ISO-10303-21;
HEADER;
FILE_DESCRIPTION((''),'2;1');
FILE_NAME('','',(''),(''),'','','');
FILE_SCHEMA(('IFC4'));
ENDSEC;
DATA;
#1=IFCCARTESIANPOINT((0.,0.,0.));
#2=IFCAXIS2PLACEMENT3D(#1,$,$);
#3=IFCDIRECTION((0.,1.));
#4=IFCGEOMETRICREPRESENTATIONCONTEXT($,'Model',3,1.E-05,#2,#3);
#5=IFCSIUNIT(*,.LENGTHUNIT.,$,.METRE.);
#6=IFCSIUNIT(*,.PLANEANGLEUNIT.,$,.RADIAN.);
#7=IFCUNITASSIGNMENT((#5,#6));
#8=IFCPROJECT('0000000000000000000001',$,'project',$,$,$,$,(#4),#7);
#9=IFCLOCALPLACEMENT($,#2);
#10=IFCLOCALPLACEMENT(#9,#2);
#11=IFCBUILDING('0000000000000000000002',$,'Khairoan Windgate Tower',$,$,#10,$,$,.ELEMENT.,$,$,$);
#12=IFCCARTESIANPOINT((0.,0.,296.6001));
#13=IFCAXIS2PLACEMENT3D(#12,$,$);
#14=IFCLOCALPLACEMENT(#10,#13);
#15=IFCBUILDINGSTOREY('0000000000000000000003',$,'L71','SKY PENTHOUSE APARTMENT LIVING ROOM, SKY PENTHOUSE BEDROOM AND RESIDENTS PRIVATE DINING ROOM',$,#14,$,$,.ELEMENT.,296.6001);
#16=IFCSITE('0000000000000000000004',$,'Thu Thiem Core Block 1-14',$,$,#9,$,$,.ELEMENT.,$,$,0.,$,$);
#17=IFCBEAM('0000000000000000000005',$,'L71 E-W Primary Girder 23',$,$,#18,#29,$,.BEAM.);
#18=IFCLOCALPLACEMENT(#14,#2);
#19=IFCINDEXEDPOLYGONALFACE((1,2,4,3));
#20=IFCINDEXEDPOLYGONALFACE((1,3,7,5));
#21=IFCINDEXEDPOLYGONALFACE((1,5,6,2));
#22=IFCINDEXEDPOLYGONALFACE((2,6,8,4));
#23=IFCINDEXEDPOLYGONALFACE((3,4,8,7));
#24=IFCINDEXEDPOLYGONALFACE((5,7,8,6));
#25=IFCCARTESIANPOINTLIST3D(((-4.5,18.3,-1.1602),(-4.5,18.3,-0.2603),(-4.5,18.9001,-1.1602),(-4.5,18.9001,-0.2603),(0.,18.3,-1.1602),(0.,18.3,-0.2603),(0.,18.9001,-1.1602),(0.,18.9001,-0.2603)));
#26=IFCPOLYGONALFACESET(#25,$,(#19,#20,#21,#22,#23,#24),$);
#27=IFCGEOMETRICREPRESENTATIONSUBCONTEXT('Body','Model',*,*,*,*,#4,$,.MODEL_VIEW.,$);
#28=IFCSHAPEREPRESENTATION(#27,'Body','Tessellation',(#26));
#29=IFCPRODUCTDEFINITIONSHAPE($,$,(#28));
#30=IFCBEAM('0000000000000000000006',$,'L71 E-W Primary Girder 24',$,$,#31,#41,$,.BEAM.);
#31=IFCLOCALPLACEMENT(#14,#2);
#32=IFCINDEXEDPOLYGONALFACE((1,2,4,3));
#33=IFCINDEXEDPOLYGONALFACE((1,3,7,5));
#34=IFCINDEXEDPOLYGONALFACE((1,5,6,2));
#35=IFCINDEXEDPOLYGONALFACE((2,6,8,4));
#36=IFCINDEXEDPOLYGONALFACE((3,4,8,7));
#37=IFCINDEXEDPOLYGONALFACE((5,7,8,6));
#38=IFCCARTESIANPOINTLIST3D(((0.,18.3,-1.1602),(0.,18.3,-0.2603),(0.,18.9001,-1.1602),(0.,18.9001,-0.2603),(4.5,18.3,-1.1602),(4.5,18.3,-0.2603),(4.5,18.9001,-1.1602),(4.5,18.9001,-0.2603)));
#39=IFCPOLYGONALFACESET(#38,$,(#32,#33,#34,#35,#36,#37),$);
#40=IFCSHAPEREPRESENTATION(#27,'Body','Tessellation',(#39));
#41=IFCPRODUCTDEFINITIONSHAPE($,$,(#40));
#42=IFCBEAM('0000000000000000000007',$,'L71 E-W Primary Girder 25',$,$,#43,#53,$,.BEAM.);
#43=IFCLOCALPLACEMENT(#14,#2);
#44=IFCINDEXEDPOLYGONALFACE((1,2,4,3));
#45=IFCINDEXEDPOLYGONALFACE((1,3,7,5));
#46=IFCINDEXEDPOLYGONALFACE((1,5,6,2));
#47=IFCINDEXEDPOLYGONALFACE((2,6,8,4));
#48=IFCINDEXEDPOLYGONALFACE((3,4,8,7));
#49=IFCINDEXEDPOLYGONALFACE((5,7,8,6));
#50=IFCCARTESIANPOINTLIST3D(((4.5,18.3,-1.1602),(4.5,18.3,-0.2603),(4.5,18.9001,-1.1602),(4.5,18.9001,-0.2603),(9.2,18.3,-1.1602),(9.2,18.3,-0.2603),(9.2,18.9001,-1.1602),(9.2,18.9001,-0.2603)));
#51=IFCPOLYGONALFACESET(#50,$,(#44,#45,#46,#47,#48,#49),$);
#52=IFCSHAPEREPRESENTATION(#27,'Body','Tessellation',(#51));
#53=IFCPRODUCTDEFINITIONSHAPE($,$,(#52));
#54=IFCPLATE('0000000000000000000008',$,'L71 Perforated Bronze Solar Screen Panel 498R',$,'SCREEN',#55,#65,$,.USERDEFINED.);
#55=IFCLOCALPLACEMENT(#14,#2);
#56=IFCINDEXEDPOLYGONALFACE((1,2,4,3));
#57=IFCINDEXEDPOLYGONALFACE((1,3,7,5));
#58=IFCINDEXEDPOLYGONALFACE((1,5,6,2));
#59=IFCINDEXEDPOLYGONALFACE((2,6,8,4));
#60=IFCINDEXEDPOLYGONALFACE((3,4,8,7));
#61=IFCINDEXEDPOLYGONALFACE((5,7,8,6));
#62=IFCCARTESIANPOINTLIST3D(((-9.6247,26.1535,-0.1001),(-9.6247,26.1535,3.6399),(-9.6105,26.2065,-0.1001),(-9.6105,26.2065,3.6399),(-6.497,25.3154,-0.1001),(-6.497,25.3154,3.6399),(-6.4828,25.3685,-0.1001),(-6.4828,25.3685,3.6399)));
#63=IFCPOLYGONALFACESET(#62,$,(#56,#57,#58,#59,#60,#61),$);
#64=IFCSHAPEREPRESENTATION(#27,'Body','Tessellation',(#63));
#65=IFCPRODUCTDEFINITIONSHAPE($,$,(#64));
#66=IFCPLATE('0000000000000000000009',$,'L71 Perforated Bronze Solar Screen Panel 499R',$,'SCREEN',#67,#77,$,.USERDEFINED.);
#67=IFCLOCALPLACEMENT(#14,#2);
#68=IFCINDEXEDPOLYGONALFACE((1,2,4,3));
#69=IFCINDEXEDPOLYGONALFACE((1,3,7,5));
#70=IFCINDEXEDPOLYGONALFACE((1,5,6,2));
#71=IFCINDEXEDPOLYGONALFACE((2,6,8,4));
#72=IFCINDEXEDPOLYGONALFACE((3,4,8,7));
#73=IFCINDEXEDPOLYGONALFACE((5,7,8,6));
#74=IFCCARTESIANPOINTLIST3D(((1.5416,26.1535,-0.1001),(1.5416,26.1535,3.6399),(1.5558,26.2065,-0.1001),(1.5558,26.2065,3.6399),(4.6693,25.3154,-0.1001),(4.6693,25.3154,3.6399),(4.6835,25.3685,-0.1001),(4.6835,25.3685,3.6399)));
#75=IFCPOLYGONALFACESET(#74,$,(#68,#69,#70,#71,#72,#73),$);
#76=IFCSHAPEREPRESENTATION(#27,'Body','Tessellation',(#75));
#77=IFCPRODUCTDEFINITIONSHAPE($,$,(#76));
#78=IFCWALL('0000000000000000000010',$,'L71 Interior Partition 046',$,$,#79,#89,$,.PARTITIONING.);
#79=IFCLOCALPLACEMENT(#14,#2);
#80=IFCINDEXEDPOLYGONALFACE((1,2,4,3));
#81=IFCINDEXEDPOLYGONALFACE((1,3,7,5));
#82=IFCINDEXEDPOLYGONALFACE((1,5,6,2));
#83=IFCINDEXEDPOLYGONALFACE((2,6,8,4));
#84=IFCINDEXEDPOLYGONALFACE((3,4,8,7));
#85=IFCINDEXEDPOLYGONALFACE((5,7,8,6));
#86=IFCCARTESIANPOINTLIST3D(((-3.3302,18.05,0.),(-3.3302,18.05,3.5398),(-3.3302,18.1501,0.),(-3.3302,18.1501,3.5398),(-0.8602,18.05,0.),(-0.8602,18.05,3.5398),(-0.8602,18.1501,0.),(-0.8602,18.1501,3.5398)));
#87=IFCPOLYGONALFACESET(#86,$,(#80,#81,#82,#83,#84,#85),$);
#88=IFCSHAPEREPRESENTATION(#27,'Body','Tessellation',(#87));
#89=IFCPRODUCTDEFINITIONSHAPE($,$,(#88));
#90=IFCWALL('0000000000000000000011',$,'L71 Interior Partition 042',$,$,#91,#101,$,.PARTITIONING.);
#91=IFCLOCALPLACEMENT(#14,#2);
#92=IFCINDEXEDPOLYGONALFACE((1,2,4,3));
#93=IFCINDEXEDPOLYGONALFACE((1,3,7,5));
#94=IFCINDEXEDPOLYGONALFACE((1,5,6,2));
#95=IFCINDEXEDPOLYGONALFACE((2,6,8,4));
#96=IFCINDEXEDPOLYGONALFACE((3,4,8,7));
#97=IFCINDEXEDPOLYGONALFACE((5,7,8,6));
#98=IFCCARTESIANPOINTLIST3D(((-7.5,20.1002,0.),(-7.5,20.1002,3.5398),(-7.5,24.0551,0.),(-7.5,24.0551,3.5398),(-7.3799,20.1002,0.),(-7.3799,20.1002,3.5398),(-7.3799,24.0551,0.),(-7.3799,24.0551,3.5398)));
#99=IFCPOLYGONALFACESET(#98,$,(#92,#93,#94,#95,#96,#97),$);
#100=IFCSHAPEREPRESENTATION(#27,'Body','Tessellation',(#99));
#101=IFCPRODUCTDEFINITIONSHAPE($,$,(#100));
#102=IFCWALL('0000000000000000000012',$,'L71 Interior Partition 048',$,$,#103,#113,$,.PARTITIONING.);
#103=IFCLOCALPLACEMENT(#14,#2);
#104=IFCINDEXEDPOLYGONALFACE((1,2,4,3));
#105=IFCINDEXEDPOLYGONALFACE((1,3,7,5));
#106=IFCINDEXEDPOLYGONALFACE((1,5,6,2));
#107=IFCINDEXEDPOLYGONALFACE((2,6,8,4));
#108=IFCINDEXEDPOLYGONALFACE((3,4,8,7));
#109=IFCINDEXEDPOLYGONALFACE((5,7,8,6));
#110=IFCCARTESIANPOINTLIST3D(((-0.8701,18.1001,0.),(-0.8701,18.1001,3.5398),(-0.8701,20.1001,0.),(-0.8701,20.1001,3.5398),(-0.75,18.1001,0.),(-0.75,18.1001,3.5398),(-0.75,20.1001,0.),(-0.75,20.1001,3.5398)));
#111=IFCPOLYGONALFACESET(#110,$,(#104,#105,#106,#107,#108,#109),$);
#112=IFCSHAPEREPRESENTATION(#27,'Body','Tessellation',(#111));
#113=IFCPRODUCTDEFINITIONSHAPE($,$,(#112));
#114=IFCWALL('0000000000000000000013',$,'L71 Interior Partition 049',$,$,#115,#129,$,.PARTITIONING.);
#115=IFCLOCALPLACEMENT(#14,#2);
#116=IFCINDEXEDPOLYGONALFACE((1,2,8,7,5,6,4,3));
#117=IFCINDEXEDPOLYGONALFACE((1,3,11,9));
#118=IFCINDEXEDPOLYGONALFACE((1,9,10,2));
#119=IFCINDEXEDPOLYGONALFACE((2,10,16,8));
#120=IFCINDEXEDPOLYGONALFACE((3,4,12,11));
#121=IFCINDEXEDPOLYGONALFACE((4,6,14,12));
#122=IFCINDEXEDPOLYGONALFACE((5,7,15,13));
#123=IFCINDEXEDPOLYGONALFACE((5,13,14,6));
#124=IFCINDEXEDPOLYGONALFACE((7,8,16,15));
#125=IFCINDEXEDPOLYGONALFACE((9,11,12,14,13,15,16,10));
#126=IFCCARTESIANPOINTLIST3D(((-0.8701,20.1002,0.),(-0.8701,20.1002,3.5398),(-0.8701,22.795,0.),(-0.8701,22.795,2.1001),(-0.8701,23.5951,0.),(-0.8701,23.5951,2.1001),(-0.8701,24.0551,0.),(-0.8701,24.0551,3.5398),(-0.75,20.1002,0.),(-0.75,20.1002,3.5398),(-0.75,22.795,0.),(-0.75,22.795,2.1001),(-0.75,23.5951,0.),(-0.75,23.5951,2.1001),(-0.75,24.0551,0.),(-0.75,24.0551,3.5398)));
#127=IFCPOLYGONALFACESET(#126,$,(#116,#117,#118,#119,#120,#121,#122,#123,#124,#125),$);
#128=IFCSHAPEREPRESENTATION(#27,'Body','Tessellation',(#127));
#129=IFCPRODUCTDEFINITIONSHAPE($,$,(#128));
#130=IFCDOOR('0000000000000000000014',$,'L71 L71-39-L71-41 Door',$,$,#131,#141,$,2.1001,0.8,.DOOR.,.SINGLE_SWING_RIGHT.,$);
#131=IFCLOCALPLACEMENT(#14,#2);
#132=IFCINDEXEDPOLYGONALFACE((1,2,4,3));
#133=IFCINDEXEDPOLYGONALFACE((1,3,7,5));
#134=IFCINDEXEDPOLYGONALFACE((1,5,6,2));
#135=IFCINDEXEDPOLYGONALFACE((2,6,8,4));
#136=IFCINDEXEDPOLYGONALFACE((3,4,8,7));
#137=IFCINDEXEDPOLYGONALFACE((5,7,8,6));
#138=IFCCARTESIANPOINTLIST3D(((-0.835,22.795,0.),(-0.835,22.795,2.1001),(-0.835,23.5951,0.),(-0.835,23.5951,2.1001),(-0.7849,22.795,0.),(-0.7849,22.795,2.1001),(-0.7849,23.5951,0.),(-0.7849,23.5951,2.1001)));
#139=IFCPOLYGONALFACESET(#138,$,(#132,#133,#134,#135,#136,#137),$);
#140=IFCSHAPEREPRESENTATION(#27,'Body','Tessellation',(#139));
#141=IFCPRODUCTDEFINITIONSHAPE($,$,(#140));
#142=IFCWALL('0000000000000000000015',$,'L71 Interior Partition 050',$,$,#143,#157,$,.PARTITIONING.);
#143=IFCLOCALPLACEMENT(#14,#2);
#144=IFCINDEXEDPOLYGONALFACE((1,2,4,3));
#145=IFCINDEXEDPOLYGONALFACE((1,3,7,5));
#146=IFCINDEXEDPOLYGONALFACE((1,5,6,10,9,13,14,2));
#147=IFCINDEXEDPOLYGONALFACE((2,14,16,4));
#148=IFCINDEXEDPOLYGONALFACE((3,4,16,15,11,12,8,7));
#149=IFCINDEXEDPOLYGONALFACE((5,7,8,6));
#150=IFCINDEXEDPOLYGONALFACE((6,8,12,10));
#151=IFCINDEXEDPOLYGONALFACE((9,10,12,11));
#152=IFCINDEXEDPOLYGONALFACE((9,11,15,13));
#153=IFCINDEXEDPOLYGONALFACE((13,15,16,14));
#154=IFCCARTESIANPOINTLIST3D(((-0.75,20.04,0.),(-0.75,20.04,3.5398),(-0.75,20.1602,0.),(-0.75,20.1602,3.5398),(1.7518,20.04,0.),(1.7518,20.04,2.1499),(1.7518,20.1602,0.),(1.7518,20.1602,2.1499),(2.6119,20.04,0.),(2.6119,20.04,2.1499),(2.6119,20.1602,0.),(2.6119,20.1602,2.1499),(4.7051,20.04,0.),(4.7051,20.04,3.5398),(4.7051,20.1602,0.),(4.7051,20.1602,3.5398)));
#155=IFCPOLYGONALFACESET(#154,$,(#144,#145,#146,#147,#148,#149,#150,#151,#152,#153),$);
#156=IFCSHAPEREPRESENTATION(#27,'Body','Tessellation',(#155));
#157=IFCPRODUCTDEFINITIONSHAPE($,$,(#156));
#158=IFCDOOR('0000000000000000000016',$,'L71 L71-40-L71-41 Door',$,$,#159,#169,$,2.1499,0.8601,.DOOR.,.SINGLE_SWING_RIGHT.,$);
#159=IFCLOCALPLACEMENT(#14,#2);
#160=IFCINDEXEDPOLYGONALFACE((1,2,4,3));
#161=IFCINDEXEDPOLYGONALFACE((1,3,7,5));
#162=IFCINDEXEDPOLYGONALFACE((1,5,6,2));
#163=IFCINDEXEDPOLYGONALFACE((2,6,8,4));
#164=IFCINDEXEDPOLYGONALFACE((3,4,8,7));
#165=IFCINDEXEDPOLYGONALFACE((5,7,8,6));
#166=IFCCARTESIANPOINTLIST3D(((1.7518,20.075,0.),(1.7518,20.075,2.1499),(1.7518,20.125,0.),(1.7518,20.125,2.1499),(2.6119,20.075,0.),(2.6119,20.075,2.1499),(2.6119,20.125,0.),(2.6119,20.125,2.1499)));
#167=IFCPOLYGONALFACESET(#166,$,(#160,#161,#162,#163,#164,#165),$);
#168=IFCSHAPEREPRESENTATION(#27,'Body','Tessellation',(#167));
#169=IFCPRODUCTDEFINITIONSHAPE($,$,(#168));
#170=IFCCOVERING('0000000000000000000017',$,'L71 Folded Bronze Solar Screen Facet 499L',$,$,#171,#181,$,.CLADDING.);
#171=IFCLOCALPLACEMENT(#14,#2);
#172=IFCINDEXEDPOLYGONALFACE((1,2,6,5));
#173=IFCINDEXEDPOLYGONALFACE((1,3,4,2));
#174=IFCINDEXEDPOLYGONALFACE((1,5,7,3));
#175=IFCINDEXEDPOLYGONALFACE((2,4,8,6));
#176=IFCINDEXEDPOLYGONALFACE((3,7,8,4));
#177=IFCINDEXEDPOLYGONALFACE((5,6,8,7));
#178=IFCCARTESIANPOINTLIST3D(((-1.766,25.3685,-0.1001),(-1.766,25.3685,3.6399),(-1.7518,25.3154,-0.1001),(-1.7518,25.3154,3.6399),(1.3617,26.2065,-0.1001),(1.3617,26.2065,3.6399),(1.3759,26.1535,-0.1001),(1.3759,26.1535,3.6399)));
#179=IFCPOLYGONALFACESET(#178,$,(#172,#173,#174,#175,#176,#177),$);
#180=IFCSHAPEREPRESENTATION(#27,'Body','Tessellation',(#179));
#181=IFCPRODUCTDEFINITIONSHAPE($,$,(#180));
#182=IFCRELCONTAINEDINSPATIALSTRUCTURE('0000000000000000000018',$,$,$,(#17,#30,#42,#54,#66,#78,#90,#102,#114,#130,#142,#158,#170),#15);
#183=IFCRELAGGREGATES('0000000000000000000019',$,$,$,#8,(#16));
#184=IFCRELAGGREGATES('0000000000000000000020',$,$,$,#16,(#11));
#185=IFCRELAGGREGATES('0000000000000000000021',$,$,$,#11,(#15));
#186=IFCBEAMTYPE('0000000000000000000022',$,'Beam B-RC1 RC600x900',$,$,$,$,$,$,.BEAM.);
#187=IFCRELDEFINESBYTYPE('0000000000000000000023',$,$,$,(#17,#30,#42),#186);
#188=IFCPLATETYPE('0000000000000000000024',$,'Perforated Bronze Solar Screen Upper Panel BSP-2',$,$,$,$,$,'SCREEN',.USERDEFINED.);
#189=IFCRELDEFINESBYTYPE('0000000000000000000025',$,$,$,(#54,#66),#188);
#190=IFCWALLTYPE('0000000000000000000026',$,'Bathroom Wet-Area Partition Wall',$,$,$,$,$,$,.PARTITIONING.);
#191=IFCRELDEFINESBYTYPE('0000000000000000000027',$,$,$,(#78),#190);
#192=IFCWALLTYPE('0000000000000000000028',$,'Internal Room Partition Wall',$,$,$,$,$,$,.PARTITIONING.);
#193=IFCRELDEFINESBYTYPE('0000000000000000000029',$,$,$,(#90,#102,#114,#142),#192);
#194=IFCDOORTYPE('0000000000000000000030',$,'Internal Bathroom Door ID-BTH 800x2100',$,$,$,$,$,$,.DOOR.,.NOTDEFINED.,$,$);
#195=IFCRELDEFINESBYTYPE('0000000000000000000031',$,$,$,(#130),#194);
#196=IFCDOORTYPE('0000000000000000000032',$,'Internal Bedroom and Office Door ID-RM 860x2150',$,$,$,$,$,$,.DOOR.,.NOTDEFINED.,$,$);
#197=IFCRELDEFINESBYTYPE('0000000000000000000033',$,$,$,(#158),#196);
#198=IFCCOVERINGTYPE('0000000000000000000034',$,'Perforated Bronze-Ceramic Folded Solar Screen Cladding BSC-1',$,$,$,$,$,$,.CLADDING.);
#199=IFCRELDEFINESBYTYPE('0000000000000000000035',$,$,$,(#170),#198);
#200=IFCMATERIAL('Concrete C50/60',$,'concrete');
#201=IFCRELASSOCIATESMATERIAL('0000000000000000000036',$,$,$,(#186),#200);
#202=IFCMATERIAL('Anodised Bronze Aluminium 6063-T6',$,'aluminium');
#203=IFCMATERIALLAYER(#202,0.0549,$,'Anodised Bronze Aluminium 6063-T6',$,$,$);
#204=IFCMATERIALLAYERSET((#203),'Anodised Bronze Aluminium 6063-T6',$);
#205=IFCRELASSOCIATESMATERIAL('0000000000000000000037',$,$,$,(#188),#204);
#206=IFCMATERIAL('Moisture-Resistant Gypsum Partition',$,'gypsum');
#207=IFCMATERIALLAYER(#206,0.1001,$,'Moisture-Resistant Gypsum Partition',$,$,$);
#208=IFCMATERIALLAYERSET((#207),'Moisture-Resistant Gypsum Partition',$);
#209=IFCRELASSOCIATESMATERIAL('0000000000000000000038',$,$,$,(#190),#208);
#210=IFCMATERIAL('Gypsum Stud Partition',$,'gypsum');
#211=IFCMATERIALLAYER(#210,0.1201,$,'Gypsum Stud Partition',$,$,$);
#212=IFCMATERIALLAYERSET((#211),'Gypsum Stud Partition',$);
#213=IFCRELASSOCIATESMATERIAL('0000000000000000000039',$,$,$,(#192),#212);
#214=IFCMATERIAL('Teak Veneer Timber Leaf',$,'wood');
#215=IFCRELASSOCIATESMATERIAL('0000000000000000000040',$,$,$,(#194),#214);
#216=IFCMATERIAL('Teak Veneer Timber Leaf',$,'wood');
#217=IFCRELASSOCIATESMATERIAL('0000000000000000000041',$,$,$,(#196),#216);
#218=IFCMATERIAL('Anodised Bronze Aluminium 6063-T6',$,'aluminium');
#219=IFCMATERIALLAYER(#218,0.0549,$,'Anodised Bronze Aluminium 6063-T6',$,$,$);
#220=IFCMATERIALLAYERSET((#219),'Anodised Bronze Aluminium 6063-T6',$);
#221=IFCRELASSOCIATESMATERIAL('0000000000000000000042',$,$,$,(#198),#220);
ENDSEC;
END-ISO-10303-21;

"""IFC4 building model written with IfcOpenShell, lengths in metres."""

from ifc_helpers import new_model, si_unit, direction, frame, frame_2d, origin, origin_2d, place, context, subcontext, project, spatial, rectangle, extrude, material, layer, layer_set, material_profile, profile_set, type_object, element, fill, save


model = new_model("IFC4")

# Units and contexts
model_context = context("Model", 3, precision=1e-05, world=origin(), true_north=direction((0.0, 1.0)))
body_context = subcontext(model_context, "Body", "Model", "MODEL_VIEW")
ifc_project = project(units=[si_unit("LENGTHUNIT", "METRE"), si_unit("PLANEANGLEUNIT", "RADIAN")], contexts=[model_context])

# Site, building, storey
site_placement = place(None, origin())
site = spatial("IfcSite", under=ifc_project, at=site_placement, Name="Thu Thiem Core Block 1-14", CompositionType="ELEMENT", RefElevation=0.0)
building_placement = place(site_placement, origin())
building = spatial("IfcBuilding", under=site, at=building_placement, Name="Khairoan Windgate Tower", CompositionType="ELEMENT")
storey_placement = place(building_placement, frame((0.0, 0.0, 296.6001)))
storey = spatial("IfcBuildingStorey", under=building, at=storey_placement, Name="L71", Description="SKY PENTHOUSE APARTMENT LIVING ROOM, SKY PENTHOUSE BEDROOM AND RESIDENTS PRIVATE DINING ROOM", CompositionType="ELEMENT", Elevation=296.6001)

# Beams
ifc_material_1 = material(Name="Concrete C50/60", Category="concrete")
ifc_material_profile_1 = material_profile(ifc_material_1, rectangle(XDim=0.6001, YDim=0.8999, at=origin_2d()))
ifc_profile_set_1 = profile_set([ifc_material_profile_1], Name="Concrete C50/60")
beam_type = type_object("IfcBeamType", Name="Beam B-RC1 RC600x900", PredefinedType="BEAM", material=ifc_profile_set_1)
for number, where, z_axis, x_axis, name in (
    (1, (-4.5, 18.6001, -0.7102), (1.0, 0.0, 0.0), (0.0, 1.0, 0.0), "L71 E-W Primary Girder 23"),
    (2, (0.0, 18.6001, -0.7102), (1.0, 0.0, 0.0), (0.0, 1.0, 0.0), "L71 E-W Primary Girder 24"),
):
    element("IfcBeam", number, at=place(storey_placement, frame(where, z_axis=z_axis, x_axis=x_axis)), inside=storey, type_object=beam_type, Name=name, PredefinedType="BEAM", context=body_context, shape_type="SweptSolid", body=[
        extrude(rectangle(XDim=0.6001, YDim=0.8999, at=origin_2d()), origin(), (0.0, 0.0, 1.0), 4.5),
    ])
beam_1_placement = place(storey_placement, frame((4.5, 18.6001, -0.7102), z_axis=(1.0, 0.0, 0.0), x_axis=(0.0, 1.0, 0.0)))
element("IfcBeam", 3, at=beam_1_placement, inside=storey, type_object=beam_type, Name="L71 E-W Primary Girder 25", PredefinedType="BEAM", context=body_context, shape_type="SweptSolid", body=[
    extrude(rectangle(XDim=0.6001, YDim=0.8999, at=origin_2d()), origin(), (0.0, 0.0, 1.0), 4.7),
])

# Plates
ifc_material_2 = material(Name="Anodised Bronze Aluminium 6063-T6", Category="aluminium")
ifc_layer_1 = layer(ifc_material_2, 0.0549, Name="Anodised Bronze Aluminium 6063-T6")
ifc_layer_set_1 = layer_set([ifc_layer_1], Name="Anodised Bronze Aluminium 6063-T6")
plate_type = type_object("IfcPlateType", Name="Perforated Bronze Solar Screen Upper Panel BSP-2", ElementType="SCREEN", PredefinedType="USERDEFINED", material=ifc_layer_set_1)
for number, where, z_axis, x_axis, name in (
    (4, (-8.0537, 25.761, -0.1001), (0.0, 0.0, 1.0), (0.965926, -0.258819, 0.0), "L71 Perforated Bronze Solar Screen Panel 498R"),
    (5, (3.1125, 25.761, -0.1001), (0.0, 0.0, 1.0), (0.965926, -0.258819, 0.0), "L71 Perforated Bronze Solar Screen Panel 499R"),
):
    element("IfcPlate", number, at=place(storey_placement, frame(where, z_axis=z_axis, x_axis=x_axis)), inside=storey, type_object=plate_type, Name=name, ObjectType="SCREEN", PredefinedType="USERDEFINED", context=body_context, shape_type="SweptSolid", body=[
        extrude(rectangle(XDim=3.238, YDim=0.0549, at=origin_2d()), origin(), (0.0, 0.0, 1.0), 3.74),
    ])

# Walls
ifc_material_3 = material(Name="Moisture-Resistant Gypsum Partition", Category="gypsum")
ifc_layer_2 = layer(ifc_material_3, 0.1001, Name="Moisture-Resistant Gypsum Partition")
ifc_layer_set_2 = layer_set([ifc_layer_2], Name="Moisture-Resistant Gypsum Partition")
wall_type_1 = type_object("IfcWallType", Name="Bathroom Wet-Area Partition Wall", PredefinedType="PARTITIONING", material=ifc_layer_set_2)
wall_1_placement = place(storey_placement, frame((-3.3301, 18.1001, 0.0), z_axis=(0.0, 0.0, 1.0), x_axis=(1.0, 0.0, 0.0)))
element("IfcWall", 6, at=wall_1_placement, inside=storey, type_object=wall_type_1, Name="L71 Interior Partition 046", PredefinedType="PARTITIONING", context=body_context, shape_type="SweptSolid", body=[
    extrude(rectangle(XDim=2.47, YDim=0.1001, at=frame_2d((1.2349, 0.0))), origin(), (0.0, 0.0, 1.0), 3.5398),
])
ifc_material_4 = material(Name="Gypsum Stud Partition", Category="gypsum")
ifc_layer_3 = layer(ifc_material_4, 0.1201, Name="Gypsum Stud Partition")
ifc_layer_set_3 = layer_set([ifc_layer_3], Name="Gypsum Stud Partition")
wall_type_2 = type_object("IfcWallType", Name="Internal Room Partition Wall", PredefinedType="PARTITIONING", material=ifc_layer_set_3)
wall_2_placement = place(storey_placement, frame((-7.4399, 20.1001, 0.0), z_axis=(0.0, 0.0, 1.0), x_axis=(0.0, 1.0, 0.0)))
element("IfcWall", 7, at=wall_2_placement, inside=storey, type_object=wall_type_2, Name="L71 Interior Partition 042", PredefinedType="PARTITIONING", context=body_context, shape_type="SweptSolid", body=[
    extrude(rectangle(XDim=3.9548, YDim=0.1201, at=frame_2d((1.9775, 0.0))), origin(), (0.0, 0.0, 1.0), 3.5398),
])
wall_3_placement = place(storey_placement, frame((-0.8101, 18.1001, 0.0), z_axis=(0.0, 0.0, 1.0), x_axis=(0.0, 1.0, 0.0)))
element("IfcWall", 8, at=wall_3_placement, inside=storey, type_object=wall_type_2, Name="L71 Interior Partition 048", PredefinedType="PARTITIONING", context=body_context, shape_type="SweptSolid", body=[
    extrude(rectangle(XDim=2.0, YDim=0.1201, at=frame_2d((1.0, 0.0))), origin(), (0.0, 0.0, 1.0), 3.5398),
])

# Walls, openings, doors
wall_4_placement = place(storey_placement, frame((-0.8101, 20.1001, 0.0), z_axis=(0.0, 0.0, 1.0), x_axis=(0.0, 1.0, 0.0)))
wall_4 = element("IfcWall", 9, at=wall_4_placement, inside=storey, type_object=wall_type_2, Name="L71 Interior Partition 049", PredefinedType="PARTITIONING", context=body_context, shape_type="SweptSolid", body=[
    extrude(rectangle(XDim=3.9548, YDim=0.1201, at=frame_2d((1.9775, 0.0))), origin(), (0.0, 0.0, 1.0), 3.5398),
])
opening_1_placement = place(wall_4_placement, frame((2.6951, 0.0, 0.0)))
opening_1 = element("IfcOpeningElement", 10, at=opening_1_placement, cuts=wall_4, PredefinedType="OPENING", context=body_context, shape_type="SweptSolid", body=[
    extrude(rectangle(XDim=0.8, YDim=2.1001, at=frame_2d((0.3999, 1.05))), frame((0.0, 0.0701, 0.0), z_axis=(0.0, -1.0, 0.0), x_axis=(1.0, 0.0, 0.0)), (0.0, 0.0, 1.0), 0.1401),
])
ifc_material_5 = material(Name="Teak Veneer Timber Leaf", Category="wood")
door_type_1 = type_object("IfcDoorType", Name="Internal Bathroom Door ID-BTH 800x2100", OperationType="NOTDEFINED", PredefinedType="DOOR", material=ifc_material_5)
door_1_placement = place(opening_1_placement, origin())
door_1 = element("IfcDoor", 11, at=door_1_placement, inside=storey, type_object=door_type_1, Name="L71 L71-39-L71-41 Door", OperationType="SINGLE_SWING_RIGHT", OverallHeight=2.1001, OverallWidth=0.8, PredefinedType="DOOR", context=body_context, shape_type="SweptSolid", body=[
    extrude(rectangle(XDim=0.8, YDim=2.1001, at=frame_2d((0.3999, 1.05))), frame((0.0, 0.0249, 0.0), z_axis=(0.0, -1.0, 0.0), x_axis=(1.0, 0.0, 0.0)), (0.0, 0.0, 1.0), 0.05),
])
fill(opening_1, door_1)
wall_5_placement = place(storey_placement, frame((-0.75, 20.1001, 0.0), z_axis=(0.0, 0.0, 1.0), x_axis=(1.0, 0.0, 0.0)))
wall_5 = element("IfcWall", 12, at=wall_5_placement, inside=storey, type_object=wall_type_2, Name="L71 Interior Partition 050", PredefinedType="PARTITIONING", context=body_context, shape_type="SweptSolid", body=[
    extrude(rectangle(XDim=5.4551, YDim=0.1201, at=frame_2d((2.7275, 0.0))), origin(), (0.0, 0.0, 1.0), 3.5398),
])
opening_2_placement = place(wall_5_placement, frame((2.5017, 0.0, 0.0)))
opening_2 = element("IfcOpeningElement", 13, at=opening_2_placement, cuts=wall_5, PredefinedType="OPENING", context=body_context, shape_type="SweptSolid", body=[
    extrude(rectangle(XDim=0.8601, YDim=2.1499, at=frame_2d((0.4302, 1.075))), frame((0.0, 0.0701, 0.0), z_axis=(0.0, -1.0, 0.0), x_axis=(1.0, 0.0, 0.0)), (0.0, 0.0, 1.0), 0.1401),
])
ifc_material_6 = material(Name="Teak Veneer Timber Leaf", Category="wood")
door_type_2 = type_object("IfcDoorType", Name="Internal Bedroom and Office Door ID-RM 860x2150", OperationType="NOTDEFINED", PredefinedType="DOOR", material=ifc_material_6)
door_2_placement = place(opening_2_placement, origin())
door_2 = element("IfcDoor", 14, at=door_2_placement, inside=storey, type_object=door_type_2, Name="L71 L71-40-L71-41 Door", OperationType="SINGLE_SWING_RIGHT", OverallHeight=2.1499, OverallWidth=0.8601, PredefinedType="DOOR", context=body_context, shape_type="SweptSolid", body=[
    extrude(rectangle(XDim=0.8601, YDim=2.1499, at=frame_2d((0.4302, 1.075))), frame((0.0, 0.0249, 0.0), z_axis=(0.0, -1.0, 0.0), x_axis=(1.0, 0.0, 0.0)), (0.0, 0.0, 1.0), 0.05),
])
fill(opening_2, door_2)

# Covering
ifc_material_7 = material(Name="Anodised Bronze Aluminium 6063-T6", Category="aluminium")
ifc_layer_4 = layer(ifc_material_7, 0.0549, Name="Anodised Bronze Aluminium 6063-T6")
ifc_layer_set_4 = layer_set([ifc_layer_4], Name="Anodised Bronze Aluminium 6063-T6")
covering_type = type_object("IfcCoveringType", Name="Perforated Bronze-Ceramic Folded Solar Screen Cladding BSC-1", PredefinedType="CLADDING", material=ifc_layer_set_4)
covering_placement = place(storey_placement, frame((-0.1951, 25.761, -0.1001), z_axis=(0.0, 0.0, 1.0), x_axis=(0.965926, 0.258819, 0.0)))
element("IfcCovering", 15, at=covering_placement, inside=storey, type_object=covering_type, Name="L71 Folded Bronze Solar Screen Facet 499L", PredefinedType="CLADDING", context=body_context, shape_type="SweptSolid", body=[
    extrude(rectangle(XDim=3.238, YDim=0.0549, at=origin_2d()), origin(), (0.0, 0.0, 1.0), 3.74),
])

save(model, "model.ifc")
